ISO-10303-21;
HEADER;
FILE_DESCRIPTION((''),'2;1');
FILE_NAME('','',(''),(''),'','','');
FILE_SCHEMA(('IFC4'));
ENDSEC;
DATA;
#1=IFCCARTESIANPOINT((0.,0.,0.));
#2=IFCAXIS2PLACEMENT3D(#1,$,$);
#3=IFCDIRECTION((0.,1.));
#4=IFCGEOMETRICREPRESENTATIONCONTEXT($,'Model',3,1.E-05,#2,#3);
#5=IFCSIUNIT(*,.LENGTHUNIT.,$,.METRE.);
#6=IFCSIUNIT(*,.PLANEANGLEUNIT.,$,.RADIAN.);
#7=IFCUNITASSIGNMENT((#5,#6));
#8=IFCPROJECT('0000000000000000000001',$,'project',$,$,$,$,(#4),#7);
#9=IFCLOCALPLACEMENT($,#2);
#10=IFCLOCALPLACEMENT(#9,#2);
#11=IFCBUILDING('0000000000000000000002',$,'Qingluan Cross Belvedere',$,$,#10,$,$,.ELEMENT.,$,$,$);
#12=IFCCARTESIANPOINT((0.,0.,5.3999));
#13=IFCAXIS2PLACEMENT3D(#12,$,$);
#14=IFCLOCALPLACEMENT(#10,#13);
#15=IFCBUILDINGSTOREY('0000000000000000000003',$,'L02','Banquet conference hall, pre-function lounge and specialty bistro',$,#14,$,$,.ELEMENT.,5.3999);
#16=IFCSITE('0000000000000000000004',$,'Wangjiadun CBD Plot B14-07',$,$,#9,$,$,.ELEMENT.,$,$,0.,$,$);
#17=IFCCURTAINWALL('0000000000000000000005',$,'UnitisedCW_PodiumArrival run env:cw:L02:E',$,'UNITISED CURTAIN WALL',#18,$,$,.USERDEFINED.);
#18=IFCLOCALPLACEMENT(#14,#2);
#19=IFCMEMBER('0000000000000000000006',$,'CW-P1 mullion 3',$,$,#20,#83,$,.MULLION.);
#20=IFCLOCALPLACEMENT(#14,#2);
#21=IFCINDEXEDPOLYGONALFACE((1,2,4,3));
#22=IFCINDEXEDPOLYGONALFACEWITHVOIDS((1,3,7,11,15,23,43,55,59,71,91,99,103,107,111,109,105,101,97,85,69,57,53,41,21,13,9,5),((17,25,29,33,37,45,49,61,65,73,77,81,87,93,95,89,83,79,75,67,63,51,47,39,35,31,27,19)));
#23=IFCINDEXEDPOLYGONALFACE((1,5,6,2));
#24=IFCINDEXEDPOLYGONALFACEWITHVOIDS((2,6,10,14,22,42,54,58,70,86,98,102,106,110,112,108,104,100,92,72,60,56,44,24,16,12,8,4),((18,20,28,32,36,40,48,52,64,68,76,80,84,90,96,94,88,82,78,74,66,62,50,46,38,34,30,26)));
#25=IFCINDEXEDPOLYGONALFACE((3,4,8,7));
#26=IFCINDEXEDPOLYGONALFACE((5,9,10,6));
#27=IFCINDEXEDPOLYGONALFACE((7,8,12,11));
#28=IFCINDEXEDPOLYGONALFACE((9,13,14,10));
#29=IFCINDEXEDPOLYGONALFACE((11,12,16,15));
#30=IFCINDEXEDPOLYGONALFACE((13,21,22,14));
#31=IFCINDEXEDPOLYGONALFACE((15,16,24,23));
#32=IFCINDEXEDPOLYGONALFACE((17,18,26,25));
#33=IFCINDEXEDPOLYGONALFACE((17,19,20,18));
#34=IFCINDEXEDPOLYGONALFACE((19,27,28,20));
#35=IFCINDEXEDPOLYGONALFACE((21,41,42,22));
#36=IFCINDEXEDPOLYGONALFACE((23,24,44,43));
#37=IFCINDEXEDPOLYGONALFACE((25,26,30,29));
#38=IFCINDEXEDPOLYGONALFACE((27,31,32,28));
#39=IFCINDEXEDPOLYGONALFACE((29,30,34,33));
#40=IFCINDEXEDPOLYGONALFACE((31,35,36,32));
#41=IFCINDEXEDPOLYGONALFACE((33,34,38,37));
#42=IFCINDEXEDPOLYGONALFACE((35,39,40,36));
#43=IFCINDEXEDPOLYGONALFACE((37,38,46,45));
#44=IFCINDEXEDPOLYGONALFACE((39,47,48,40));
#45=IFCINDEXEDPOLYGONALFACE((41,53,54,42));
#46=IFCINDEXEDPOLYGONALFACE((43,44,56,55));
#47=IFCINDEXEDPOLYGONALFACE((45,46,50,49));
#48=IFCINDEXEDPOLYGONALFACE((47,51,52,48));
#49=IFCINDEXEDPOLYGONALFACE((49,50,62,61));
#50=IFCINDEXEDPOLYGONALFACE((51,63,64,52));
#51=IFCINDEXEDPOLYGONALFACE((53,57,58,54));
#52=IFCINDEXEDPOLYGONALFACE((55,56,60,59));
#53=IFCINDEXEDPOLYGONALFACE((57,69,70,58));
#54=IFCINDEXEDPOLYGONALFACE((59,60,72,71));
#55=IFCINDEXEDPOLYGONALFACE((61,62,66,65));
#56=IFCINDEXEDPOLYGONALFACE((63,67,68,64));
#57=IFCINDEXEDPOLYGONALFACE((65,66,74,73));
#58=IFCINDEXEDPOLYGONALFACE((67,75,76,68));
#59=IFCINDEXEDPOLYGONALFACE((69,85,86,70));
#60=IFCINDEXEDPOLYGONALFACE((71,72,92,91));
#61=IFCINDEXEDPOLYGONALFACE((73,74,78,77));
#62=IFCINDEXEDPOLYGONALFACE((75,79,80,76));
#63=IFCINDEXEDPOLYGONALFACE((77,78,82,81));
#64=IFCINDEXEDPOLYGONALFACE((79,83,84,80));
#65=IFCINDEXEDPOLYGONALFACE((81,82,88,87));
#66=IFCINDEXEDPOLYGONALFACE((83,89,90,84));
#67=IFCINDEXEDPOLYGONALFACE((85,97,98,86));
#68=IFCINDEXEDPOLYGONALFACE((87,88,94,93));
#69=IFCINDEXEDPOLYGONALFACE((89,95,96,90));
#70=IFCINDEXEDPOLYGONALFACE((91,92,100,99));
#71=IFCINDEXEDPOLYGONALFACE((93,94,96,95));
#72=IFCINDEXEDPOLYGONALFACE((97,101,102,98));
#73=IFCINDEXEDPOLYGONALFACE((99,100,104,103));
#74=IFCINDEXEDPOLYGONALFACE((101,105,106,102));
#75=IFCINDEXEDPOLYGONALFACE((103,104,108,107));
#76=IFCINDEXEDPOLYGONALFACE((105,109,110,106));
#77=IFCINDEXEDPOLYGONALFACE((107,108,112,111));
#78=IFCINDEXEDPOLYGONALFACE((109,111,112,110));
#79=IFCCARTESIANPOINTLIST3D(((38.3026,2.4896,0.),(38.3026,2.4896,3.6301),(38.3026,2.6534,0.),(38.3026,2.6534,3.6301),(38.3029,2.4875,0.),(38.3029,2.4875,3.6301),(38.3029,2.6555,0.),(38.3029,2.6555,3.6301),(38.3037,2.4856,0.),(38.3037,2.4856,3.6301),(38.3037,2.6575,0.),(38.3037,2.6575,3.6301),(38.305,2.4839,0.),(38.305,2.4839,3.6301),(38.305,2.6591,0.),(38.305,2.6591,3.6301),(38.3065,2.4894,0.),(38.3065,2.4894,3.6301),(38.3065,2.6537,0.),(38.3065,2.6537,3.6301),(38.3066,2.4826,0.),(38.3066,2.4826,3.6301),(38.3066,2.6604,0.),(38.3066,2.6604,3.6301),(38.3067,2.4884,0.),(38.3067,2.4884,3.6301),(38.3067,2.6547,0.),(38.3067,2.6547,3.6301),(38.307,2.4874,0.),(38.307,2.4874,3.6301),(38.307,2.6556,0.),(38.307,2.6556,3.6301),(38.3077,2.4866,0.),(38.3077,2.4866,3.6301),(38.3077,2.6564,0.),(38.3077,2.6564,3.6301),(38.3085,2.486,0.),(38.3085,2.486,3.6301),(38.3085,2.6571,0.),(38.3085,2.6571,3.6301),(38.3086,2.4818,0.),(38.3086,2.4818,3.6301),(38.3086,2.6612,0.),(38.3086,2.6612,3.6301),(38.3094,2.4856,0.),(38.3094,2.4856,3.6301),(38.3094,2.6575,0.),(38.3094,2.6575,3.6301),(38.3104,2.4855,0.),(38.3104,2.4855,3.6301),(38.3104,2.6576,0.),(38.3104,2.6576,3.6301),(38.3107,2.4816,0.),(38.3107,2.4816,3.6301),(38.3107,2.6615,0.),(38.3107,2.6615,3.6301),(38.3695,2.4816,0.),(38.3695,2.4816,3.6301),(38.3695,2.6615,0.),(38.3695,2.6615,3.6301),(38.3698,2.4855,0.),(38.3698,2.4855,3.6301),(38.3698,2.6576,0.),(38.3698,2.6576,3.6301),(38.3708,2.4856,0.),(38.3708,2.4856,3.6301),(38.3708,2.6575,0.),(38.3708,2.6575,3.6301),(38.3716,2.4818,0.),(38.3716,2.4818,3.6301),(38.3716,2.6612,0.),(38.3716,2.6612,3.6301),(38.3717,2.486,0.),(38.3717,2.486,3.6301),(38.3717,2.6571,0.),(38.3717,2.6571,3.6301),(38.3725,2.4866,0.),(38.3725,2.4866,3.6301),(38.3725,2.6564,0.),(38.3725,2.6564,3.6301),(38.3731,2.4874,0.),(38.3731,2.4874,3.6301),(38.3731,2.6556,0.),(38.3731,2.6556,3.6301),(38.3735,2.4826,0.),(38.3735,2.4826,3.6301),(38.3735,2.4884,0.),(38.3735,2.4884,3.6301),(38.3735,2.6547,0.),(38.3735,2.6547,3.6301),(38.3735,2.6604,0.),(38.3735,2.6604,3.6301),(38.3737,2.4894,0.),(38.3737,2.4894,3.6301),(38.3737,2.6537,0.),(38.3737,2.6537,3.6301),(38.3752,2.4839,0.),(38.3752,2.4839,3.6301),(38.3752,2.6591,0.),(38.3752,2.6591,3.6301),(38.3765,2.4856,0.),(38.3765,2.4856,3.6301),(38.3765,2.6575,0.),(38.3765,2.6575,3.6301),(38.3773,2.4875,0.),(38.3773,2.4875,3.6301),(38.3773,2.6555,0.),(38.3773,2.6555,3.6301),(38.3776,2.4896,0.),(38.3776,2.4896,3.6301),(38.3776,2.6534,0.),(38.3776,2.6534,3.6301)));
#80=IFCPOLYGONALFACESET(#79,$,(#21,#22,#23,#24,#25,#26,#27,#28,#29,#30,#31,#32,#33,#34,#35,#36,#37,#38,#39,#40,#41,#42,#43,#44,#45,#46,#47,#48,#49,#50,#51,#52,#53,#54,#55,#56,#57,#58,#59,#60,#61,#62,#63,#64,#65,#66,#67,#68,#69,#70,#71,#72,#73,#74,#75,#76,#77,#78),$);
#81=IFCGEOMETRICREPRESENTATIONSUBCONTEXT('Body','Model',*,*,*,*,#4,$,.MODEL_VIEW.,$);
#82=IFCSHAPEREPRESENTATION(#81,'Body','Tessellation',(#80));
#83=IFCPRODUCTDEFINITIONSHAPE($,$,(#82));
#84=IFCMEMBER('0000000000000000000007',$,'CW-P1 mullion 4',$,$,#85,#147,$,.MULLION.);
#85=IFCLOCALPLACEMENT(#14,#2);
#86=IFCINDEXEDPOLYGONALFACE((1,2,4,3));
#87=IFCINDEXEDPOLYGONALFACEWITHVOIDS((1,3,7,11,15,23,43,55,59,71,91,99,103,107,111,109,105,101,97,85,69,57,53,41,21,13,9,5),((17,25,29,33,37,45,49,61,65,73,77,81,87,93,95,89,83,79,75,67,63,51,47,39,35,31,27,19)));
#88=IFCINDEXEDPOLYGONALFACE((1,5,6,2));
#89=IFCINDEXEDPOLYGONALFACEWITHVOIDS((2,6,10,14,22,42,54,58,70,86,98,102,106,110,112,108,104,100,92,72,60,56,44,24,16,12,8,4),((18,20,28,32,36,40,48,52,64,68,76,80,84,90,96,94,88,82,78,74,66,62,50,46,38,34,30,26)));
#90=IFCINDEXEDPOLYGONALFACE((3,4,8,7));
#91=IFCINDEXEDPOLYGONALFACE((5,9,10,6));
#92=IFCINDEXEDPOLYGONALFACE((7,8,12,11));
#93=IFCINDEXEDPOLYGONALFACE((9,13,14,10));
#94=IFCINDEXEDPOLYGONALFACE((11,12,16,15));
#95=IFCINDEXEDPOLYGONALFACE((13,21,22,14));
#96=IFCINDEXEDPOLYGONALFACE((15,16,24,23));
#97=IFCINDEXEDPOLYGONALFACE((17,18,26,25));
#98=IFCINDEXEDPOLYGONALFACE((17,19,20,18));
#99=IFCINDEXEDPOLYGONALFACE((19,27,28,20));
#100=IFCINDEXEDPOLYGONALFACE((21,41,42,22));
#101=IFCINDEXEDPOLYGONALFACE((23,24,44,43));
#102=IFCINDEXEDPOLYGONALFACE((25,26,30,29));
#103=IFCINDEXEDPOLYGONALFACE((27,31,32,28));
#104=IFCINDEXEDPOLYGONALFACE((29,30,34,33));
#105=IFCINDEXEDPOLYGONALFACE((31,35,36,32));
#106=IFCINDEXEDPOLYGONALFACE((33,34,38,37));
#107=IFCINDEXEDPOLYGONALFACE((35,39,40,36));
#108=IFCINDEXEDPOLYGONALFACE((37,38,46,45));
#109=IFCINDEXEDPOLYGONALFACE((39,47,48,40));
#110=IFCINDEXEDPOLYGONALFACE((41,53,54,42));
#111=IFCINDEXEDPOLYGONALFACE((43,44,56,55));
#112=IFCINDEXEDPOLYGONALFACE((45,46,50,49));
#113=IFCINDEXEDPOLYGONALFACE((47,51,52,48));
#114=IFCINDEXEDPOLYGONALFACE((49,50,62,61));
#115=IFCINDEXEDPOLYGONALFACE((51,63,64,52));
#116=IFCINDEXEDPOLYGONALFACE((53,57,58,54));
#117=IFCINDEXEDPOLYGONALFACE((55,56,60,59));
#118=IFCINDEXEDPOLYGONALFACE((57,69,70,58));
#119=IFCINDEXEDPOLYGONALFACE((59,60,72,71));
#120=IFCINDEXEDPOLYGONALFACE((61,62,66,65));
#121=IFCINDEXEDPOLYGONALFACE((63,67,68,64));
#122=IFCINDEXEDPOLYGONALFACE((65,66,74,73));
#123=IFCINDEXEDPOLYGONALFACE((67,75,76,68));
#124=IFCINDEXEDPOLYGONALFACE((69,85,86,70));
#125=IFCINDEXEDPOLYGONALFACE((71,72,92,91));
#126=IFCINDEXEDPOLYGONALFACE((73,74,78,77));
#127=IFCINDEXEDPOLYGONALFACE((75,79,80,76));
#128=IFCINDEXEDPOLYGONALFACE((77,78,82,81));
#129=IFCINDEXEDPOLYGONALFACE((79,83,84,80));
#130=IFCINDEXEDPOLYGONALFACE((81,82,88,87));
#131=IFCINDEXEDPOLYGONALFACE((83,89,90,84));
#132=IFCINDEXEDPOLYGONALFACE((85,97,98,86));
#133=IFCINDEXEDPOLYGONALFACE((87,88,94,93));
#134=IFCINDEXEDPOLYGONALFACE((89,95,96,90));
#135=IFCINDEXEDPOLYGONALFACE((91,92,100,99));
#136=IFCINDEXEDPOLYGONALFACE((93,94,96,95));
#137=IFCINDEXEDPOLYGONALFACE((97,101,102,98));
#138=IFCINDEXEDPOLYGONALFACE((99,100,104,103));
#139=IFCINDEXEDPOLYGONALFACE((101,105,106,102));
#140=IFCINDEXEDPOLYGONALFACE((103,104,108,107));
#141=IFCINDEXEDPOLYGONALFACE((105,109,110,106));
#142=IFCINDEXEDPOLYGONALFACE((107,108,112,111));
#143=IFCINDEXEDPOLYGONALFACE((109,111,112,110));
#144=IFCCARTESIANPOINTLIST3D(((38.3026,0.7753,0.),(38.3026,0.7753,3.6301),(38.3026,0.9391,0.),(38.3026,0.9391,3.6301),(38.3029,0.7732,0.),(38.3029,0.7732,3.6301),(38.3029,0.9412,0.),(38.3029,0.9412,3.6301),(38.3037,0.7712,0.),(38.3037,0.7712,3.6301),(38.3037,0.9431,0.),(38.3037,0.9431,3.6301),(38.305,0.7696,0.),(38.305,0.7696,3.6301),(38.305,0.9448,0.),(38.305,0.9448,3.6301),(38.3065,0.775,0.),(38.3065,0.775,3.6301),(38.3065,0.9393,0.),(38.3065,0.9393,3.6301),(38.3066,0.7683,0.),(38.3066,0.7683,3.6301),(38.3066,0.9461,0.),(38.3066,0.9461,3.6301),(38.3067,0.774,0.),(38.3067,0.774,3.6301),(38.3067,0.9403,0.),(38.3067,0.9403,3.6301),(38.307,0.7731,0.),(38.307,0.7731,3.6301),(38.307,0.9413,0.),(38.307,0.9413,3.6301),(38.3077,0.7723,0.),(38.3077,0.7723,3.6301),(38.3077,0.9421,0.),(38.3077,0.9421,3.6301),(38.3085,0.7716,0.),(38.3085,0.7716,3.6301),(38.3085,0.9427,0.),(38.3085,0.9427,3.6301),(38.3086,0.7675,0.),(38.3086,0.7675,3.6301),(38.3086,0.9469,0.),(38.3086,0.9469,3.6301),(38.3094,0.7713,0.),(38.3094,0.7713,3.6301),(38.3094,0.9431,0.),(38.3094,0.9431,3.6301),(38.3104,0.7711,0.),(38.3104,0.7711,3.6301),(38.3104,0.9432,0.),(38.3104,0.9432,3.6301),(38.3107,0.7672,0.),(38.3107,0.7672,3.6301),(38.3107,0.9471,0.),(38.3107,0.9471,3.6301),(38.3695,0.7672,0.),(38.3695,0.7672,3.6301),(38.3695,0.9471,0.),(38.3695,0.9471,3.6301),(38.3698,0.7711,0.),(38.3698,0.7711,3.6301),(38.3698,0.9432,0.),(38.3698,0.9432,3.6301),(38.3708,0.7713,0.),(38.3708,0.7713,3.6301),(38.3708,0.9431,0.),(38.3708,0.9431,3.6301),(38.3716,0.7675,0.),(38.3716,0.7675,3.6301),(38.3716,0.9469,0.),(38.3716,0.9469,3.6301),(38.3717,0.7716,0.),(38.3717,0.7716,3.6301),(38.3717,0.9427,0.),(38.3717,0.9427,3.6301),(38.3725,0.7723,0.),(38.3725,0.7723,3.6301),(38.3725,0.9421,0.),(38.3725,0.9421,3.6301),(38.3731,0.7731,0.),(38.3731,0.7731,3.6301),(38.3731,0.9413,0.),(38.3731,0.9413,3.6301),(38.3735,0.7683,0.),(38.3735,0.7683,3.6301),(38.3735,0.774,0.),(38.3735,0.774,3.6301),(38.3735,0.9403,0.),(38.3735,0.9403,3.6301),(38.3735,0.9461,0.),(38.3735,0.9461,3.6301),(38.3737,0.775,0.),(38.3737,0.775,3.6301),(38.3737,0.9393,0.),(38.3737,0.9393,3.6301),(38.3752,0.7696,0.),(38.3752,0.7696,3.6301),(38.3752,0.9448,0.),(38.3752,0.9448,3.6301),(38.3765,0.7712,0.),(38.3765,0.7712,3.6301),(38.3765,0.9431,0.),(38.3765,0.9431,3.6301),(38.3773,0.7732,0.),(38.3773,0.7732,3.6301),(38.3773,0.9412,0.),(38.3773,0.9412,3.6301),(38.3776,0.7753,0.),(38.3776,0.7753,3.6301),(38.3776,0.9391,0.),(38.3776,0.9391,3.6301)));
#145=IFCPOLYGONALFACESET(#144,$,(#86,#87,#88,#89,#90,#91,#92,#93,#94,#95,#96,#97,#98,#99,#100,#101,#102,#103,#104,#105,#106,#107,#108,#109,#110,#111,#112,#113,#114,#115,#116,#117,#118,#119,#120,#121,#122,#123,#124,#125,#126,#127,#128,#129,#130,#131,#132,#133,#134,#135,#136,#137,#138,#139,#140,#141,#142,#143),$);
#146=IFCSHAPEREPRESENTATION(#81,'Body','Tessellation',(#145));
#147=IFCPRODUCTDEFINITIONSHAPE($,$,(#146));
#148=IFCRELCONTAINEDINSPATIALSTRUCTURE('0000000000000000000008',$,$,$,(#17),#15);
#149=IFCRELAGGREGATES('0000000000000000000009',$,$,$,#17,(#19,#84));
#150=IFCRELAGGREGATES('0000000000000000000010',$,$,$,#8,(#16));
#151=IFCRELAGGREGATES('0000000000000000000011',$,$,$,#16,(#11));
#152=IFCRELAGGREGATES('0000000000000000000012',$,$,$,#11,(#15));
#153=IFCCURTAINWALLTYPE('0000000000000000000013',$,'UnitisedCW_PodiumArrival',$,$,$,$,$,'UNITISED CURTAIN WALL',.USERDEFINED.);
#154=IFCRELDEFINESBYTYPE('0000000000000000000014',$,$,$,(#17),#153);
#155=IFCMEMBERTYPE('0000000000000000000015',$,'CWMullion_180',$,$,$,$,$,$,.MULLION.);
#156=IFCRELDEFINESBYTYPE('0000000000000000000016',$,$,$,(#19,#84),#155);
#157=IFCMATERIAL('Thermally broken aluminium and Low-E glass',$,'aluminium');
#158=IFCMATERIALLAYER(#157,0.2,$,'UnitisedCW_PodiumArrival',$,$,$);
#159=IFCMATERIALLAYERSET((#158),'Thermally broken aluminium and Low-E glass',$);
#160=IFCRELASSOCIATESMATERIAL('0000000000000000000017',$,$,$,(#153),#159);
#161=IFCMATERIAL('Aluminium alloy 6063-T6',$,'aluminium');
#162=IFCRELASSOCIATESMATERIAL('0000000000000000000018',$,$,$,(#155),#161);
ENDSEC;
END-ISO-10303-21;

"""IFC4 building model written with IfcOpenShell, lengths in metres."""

from ifc_helpers import new_model, si_unit, direction, frame, origin, origin_2d, place, context, subcontext, project, spatial, hollow_rectangle, extrude, material, layer, layer_set, material_profile, profile_set, type_object, element, aggregate, save


model = new_model("IFC4")

# Units and contexts
model_context = context("Model", 3, precision=1e-05, world=origin(), true_north=direction((0.0, 1.0)))
body_context = subcontext(model_context, "Body", "Model", "MODEL_VIEW")
ifc_project = project(units=[si_unit("LENGTHUNIT", "METRE"), si_unit("PLANEANGLEUNIT", "RADIAN")], contexts=[model_context])

# Site, building, storey
site_placement = place(None, origin())
site = spatial("IfcSite", under=ifc_project, at=site_placement, Name="Wangjiadun CBD Plot B14-07", CompositionType="ELEMENT", RefElevation=0.0)
building_placement = place(site_placement, origin())
building = spatial("IfcBuilding", under=site, at=building_placement, Name="Qingluan Cross Belvedere", CompositionType="ELEMENT")
storey_placement = place(building_placement, frame((0.0, 0.0, 5.3999)))
storey = spatial("IfcBuildingStorey", under=building, at=storey_placement, Name="L02", Description="Banquet conference hall, pre-function lounge and specialty bistro", CompositionType="ELEMENT", Elevation=5.3999)

# Curtain wall, members
ifc_material_1 = material(Name="Thermally broken aluminium and Low-E glass", Category="aluminium")
ifc_layer_1 = layer(ifc_material_1, 0.2, Name="UnitisedCW_PodiumArrival")
ifc_layer_set_1 = layer_set([ifc_layer_1], Name="Thermally broken aluminium and Low-E glass")
curtain_wall_type = type_object("IfcCurtainWallType", Name="UnitisedCW_PodiumArrival", ElementType="UNITISED CURTAIN WALL", PredefinedType="USERDEFINED", material=ifc_layer_set_1)
curtain_wall_placement = place(storey_placement, origin())
curtain_wall = element("IfcCurtainWall", 1, at=curtain_wall_placement, inside=storey, type_object=curtain_wall_type, Name="UnitisedCW_PodiumArrival run env:cw:L02:E", ObjectType="UNITISED CURTAIN WALL", PredefinedType="USERDEFINED")
ifc_material_2 = material(Name="Aluminium alloy 6063-T6", Category="aluminium")
ifc_material_profile_1 = material_profile(ifc_material_2, hollow_rectangle(XDim=0.075, YDim=0.1799, WallThickness=0.0039, InnerFilletRadius=0.0039, OuterFilletRadius=0.0081, at=origin_2d()), Name="CWM180x75x4")
ifc_profile_set_1 = profile_set([ifc_material_profile_1], Name="Aluminium alloy 6063-T6")
member_type_1 = type_object("IfcMemberType", Name="CWMullion_180", PredefinedType="MULLION", material=ifc_profile_set_1)
member_1_placement = place(storey_placement, frame((38.3401, 2.5715, 0.0), z_axis=(0.0, 0.0, 1.0), x_axis=(1.0, 0.0, 0.0)))
member_1 = element("IfcMember", 2, at=member_1_placement, type_object=member_type_1, Name="CW-P1 mullion 3", PredefinedType="MULLION", context=body_context, shape_type="SweptSolid", body=[
    extrude(hollow_rectangle(XDim=0.075, YDim=0.1799, WallThickness=0.0039, InnerFilletRadius=0.0039, OuterFilletRadius=0.0081, at=origin_2d()), origin(), (0.0, 0.0, 1.0), 3.6301),
])
member_2_placement = place(storey_placement, frame((38.3401, 0.8572, 0.0), z_axis=(0.0, 0.0, 1.0), x_axis=(1.0, 0.0, 0.0)))
member_2 = element("IfcMember", 3, at=member_2_placement, type_object=member_type_1, Name="CW-P1 mullion 4", PredefinedType="MULLION", context=body_context, shape_type="SweptSolid", body=[
    extrude(hollow_rectangle(XDim=0.075, YDim=0.1799, WallThickness=0.0039, InnerFilletRadius=0.0039, OuterFilletRadius=0.0081, at=origin_2d()), origin(), (0.0, 0.0, 1.0), 3.6301),
])
aggregate(curtain_wall, [member_1, member_2])

save(model, "model.ifc")
